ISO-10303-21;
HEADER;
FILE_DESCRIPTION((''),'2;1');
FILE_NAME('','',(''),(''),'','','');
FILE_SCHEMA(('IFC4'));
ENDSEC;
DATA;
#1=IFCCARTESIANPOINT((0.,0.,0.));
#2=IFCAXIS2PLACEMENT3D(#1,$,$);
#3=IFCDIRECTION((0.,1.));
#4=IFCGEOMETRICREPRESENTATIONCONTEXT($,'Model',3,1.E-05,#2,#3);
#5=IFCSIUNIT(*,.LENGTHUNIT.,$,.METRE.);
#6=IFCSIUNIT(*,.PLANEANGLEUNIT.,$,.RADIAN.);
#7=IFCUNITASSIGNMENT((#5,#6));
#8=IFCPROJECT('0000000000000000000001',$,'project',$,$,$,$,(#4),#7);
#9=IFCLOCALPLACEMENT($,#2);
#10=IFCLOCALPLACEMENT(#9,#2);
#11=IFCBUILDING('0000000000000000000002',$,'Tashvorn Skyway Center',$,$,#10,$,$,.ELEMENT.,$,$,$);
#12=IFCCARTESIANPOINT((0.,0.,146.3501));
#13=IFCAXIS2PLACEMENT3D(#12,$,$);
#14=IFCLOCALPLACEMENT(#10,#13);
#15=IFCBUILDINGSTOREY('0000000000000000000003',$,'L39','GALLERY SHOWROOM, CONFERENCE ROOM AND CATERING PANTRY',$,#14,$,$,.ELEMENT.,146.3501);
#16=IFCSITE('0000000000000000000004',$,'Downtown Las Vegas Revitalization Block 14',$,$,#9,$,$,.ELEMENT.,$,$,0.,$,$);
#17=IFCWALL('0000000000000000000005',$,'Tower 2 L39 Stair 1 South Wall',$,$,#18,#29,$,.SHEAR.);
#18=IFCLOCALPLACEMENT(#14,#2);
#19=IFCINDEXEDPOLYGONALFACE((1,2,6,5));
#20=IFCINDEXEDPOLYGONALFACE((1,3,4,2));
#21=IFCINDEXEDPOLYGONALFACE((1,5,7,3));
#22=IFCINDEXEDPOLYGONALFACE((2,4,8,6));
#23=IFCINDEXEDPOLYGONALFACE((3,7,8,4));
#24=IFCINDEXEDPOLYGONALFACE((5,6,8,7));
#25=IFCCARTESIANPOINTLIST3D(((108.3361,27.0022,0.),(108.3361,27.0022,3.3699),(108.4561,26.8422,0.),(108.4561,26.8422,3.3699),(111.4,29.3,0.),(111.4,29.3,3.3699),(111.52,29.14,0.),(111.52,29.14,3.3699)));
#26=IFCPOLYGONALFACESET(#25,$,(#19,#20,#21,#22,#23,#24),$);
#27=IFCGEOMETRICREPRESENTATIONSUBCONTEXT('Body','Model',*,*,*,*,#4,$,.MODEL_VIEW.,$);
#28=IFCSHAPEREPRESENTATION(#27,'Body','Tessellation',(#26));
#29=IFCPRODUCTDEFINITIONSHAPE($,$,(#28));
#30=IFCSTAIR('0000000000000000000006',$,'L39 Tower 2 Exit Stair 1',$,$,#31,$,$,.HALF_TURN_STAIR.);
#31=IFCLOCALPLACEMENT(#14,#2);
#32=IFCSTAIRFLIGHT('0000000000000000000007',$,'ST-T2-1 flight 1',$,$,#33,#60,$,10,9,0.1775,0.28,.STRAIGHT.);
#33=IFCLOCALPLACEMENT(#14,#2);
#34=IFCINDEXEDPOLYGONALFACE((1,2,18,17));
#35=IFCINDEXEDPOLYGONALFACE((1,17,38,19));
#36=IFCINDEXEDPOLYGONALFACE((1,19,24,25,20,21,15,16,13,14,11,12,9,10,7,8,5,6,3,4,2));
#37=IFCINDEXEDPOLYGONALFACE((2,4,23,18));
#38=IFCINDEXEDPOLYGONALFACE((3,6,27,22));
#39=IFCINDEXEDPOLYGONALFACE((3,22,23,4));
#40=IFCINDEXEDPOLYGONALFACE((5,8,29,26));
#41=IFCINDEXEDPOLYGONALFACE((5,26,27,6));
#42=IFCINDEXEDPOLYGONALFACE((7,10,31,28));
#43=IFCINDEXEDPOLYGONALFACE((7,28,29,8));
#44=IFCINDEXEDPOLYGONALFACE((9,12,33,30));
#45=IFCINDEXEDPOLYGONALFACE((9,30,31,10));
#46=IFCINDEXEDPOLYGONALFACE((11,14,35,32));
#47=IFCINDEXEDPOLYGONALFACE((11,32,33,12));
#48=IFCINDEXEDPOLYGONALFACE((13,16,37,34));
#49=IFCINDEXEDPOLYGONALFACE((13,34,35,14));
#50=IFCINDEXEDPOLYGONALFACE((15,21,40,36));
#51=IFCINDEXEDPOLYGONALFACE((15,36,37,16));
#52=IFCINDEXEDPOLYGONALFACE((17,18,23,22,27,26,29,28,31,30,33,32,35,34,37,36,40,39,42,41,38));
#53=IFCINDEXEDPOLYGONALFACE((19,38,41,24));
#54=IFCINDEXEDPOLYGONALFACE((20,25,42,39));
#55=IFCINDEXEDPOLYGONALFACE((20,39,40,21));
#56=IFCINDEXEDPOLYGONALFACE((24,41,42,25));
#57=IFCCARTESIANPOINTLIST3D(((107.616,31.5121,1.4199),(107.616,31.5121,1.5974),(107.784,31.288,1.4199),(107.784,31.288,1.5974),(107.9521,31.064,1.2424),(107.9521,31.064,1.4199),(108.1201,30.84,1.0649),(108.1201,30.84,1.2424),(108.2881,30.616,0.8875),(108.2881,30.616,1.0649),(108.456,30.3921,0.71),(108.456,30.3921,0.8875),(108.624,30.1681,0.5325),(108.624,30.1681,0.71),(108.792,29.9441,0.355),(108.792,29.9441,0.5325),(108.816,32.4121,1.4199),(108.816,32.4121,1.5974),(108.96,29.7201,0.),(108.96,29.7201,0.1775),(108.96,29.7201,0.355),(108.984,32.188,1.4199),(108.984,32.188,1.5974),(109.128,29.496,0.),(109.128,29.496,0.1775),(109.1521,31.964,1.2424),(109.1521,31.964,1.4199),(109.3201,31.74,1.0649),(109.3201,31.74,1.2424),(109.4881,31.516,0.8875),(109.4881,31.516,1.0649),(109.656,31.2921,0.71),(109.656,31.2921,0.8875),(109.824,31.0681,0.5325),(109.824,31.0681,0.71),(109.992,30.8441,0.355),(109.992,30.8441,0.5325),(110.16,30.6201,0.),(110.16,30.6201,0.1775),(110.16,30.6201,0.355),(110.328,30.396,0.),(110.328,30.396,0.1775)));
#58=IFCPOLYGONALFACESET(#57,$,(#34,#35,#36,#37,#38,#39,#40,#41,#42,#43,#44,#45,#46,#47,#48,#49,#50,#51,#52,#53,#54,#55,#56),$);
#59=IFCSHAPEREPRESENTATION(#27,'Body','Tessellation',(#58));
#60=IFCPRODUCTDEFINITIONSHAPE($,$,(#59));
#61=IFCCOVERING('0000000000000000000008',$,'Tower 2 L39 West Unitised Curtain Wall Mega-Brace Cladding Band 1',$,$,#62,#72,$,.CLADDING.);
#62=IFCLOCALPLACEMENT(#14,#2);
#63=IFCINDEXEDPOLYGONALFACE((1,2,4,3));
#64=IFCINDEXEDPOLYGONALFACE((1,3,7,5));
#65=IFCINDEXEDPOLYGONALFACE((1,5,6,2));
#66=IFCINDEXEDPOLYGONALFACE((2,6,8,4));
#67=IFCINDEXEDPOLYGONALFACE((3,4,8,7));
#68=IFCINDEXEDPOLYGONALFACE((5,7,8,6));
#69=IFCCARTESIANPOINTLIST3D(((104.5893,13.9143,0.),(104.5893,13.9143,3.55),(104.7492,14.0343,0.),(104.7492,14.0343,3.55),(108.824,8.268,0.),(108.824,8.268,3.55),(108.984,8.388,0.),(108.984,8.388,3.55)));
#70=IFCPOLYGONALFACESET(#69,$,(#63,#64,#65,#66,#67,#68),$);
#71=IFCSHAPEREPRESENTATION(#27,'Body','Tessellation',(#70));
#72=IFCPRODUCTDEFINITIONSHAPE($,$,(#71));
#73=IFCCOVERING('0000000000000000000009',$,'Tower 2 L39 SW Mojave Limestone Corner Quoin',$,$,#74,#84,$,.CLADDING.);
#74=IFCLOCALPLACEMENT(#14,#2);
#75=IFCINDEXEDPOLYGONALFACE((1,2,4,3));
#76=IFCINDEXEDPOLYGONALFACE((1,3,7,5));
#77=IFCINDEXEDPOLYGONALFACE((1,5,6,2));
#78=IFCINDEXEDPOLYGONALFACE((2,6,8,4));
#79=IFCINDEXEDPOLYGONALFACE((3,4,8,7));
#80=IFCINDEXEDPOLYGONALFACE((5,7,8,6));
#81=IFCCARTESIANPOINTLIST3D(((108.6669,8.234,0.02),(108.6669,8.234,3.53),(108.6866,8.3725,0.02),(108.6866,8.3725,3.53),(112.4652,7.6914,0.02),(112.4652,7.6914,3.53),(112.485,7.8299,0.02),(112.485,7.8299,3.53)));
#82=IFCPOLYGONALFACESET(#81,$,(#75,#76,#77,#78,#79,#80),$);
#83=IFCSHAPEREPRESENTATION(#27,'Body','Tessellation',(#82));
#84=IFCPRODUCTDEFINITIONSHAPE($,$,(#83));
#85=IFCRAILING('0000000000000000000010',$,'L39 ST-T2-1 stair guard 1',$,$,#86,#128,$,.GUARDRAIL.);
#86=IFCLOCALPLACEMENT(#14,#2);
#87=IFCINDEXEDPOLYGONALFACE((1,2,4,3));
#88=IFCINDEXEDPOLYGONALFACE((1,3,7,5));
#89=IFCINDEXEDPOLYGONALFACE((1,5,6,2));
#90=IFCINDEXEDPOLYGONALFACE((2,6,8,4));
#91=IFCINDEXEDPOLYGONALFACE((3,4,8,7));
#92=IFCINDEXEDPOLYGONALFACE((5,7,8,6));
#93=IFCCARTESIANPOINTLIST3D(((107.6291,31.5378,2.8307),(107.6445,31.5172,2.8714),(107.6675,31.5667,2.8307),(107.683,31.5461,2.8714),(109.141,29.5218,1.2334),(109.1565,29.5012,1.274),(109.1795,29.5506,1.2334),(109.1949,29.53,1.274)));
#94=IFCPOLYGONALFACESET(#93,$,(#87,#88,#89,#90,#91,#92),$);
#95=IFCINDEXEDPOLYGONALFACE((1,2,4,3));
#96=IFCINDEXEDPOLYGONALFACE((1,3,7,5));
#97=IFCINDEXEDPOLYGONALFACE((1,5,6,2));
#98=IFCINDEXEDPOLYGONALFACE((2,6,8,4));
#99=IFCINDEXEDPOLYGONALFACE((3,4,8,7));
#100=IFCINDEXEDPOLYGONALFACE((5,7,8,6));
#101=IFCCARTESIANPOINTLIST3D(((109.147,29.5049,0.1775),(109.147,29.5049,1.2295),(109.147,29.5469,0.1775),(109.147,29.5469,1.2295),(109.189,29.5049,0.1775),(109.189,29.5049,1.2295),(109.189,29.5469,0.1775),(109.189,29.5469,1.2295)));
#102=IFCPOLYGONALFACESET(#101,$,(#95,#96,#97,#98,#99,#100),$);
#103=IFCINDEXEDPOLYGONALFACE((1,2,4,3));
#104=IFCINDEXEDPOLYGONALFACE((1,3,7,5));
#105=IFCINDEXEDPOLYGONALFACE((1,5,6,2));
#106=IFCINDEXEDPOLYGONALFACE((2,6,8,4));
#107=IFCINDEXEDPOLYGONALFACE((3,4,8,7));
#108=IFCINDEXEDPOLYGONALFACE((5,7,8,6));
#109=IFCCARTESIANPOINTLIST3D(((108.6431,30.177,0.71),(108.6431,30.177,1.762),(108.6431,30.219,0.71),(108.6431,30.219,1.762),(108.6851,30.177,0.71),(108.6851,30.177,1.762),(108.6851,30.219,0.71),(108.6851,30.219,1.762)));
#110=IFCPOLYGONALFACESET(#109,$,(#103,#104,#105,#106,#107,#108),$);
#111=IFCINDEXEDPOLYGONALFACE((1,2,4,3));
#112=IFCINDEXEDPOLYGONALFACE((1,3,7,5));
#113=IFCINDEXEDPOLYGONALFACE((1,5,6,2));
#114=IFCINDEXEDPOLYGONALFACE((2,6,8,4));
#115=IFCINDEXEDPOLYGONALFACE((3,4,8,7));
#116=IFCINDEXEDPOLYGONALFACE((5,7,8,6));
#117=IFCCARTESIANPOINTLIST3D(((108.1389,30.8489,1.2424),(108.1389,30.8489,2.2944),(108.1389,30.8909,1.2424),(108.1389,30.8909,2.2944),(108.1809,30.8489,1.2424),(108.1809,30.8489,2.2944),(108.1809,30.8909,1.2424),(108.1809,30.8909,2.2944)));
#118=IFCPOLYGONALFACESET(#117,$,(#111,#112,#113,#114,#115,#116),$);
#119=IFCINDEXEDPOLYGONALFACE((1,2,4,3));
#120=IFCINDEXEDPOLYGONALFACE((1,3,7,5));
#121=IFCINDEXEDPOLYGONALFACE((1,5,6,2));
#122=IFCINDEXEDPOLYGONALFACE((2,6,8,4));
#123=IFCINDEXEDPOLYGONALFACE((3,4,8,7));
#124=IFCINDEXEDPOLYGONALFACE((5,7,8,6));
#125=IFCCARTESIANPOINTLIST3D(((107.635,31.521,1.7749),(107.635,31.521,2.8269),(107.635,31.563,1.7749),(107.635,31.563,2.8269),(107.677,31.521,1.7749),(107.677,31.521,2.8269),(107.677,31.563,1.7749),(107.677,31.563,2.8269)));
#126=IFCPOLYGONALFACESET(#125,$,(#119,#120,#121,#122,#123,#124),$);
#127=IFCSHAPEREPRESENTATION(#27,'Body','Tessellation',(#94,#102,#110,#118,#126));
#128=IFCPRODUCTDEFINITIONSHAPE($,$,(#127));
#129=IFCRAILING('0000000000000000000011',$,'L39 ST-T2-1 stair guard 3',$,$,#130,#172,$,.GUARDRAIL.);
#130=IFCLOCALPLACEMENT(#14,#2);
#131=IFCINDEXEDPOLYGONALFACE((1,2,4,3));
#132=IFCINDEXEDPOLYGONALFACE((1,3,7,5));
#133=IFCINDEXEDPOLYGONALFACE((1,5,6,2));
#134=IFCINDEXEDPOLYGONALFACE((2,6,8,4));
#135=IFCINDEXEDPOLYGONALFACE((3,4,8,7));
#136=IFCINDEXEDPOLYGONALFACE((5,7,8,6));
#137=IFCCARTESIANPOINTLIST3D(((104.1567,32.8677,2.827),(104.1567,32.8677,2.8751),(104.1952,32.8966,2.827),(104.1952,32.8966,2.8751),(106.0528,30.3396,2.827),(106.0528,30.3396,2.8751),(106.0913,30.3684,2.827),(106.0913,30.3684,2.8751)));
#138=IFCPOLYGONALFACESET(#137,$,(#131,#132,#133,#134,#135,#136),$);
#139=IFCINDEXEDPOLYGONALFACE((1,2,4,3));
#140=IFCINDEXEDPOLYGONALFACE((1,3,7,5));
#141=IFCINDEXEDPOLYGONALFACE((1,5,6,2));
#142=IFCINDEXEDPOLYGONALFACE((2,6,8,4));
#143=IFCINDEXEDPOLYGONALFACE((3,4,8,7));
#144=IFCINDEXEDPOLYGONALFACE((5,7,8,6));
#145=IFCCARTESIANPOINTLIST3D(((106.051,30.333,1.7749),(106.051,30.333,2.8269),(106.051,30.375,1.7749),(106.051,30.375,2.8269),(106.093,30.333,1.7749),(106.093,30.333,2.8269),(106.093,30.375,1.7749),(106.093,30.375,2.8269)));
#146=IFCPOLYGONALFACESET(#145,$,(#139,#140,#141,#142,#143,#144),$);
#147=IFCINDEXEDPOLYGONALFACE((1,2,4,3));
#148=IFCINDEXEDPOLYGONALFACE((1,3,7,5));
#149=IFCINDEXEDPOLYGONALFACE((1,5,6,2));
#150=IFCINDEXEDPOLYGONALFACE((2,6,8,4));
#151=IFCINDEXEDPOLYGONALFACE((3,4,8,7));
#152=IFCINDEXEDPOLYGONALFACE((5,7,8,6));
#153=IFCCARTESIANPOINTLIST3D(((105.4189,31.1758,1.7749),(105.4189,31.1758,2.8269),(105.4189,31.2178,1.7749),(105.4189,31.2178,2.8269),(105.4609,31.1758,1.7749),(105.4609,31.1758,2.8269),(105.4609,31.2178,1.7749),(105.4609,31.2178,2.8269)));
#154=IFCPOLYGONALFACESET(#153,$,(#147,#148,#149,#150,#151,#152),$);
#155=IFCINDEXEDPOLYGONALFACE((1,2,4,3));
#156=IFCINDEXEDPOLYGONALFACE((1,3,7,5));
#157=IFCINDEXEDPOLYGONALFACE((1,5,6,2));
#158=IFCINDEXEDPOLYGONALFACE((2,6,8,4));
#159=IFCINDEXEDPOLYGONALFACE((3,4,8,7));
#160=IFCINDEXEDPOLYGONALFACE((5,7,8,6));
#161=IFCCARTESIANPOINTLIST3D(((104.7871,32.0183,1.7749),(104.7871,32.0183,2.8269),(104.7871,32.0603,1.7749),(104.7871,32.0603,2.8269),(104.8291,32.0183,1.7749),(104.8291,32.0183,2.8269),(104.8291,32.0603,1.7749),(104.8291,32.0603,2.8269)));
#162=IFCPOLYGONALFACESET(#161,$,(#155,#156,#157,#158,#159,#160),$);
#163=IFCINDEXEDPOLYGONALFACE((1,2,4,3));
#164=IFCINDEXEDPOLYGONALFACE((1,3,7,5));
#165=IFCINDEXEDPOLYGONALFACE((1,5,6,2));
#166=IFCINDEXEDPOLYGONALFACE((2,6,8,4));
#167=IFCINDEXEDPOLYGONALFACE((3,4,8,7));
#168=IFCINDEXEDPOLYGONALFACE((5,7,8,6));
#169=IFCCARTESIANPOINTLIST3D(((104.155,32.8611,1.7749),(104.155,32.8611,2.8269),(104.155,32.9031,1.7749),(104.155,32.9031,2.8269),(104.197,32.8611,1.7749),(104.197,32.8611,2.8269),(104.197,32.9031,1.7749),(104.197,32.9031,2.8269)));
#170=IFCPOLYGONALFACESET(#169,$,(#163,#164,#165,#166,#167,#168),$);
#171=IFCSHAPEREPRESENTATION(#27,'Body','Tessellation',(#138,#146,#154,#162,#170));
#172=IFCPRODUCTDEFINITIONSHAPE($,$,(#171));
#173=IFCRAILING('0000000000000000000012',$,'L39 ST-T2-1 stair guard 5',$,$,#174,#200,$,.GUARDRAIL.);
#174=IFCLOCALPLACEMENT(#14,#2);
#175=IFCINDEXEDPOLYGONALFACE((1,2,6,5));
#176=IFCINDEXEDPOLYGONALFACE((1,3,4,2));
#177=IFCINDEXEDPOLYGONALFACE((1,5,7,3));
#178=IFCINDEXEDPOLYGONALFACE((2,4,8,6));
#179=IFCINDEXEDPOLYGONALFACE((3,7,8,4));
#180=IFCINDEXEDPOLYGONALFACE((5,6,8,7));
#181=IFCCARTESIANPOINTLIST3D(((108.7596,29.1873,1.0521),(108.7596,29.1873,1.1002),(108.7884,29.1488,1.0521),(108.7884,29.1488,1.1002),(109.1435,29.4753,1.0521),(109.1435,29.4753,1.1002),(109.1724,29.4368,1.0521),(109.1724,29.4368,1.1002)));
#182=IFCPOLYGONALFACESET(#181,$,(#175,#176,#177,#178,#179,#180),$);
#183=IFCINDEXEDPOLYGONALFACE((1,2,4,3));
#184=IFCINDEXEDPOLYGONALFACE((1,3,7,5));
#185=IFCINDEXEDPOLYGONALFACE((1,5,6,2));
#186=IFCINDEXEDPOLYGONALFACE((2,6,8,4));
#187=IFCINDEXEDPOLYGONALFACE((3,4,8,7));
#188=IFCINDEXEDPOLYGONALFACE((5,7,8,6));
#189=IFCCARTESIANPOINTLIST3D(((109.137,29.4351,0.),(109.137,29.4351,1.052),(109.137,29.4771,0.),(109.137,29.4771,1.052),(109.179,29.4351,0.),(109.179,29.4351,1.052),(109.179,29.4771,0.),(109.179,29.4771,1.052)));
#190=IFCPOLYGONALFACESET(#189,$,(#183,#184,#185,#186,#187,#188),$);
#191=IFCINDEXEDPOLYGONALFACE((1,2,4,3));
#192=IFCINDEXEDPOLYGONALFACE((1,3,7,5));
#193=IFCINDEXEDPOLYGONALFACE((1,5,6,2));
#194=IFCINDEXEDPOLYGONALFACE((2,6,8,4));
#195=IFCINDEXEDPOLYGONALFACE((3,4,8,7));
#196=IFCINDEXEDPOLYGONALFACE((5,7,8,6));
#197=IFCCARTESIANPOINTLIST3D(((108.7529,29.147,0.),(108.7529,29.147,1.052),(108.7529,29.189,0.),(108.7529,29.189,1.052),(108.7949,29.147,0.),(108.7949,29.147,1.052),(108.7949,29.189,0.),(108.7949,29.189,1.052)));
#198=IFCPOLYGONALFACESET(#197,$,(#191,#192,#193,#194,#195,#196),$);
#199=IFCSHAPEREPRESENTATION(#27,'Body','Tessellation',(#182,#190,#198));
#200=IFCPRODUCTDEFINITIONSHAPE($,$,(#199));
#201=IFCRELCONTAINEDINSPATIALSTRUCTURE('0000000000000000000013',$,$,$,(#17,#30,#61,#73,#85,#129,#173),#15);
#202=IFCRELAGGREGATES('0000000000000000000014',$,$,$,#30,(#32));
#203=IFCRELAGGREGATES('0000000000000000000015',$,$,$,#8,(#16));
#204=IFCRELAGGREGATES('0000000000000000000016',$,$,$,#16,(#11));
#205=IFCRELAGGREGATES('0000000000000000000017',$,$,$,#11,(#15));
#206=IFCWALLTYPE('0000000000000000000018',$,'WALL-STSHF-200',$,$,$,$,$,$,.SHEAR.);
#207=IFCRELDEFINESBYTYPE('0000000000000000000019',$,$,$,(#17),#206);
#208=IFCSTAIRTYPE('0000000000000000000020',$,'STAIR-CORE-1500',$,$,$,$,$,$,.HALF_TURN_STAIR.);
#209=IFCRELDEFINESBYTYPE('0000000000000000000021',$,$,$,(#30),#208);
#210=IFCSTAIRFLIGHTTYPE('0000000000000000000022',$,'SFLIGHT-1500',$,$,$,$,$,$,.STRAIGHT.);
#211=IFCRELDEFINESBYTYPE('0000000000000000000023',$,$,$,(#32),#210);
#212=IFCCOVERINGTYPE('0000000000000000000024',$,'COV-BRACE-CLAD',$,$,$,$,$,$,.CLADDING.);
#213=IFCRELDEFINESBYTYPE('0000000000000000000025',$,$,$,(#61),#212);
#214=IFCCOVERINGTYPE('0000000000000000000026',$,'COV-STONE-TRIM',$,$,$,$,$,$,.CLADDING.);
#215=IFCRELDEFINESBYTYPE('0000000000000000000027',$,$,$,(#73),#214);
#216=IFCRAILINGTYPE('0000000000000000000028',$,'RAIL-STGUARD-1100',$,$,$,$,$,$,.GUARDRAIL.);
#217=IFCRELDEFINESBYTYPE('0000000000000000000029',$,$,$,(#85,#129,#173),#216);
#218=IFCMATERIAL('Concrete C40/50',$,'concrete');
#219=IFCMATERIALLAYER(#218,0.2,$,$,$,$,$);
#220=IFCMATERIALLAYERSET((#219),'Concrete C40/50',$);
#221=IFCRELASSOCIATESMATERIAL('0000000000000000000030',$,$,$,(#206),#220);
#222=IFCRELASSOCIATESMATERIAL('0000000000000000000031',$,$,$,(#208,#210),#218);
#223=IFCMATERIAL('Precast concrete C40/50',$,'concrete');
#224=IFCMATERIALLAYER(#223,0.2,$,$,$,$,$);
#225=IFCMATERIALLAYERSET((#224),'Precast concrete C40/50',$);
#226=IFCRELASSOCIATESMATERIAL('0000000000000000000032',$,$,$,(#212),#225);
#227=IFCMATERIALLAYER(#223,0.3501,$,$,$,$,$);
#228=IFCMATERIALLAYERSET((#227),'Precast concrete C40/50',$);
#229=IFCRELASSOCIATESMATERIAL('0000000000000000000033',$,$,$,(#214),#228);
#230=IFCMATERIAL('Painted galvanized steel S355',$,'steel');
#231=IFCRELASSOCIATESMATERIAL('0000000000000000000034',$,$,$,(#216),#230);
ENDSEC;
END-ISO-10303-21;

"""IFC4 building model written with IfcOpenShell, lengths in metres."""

from ifc_helpers import new_model, si_unit, direction, frame, frame_2d, origin, origin_2d, place, context, subcontext, project, spatial, polyline, rectangle, outline, extrude, material, layer, layer_set, type_object, element, aggregate, save


model = new_model("IFC4")

# Units and contexts
model_context = context("Model", 3, precision=1e-05, world=origin(), true_north=direction((0.0, 1.0)))
body_context = subcontext(model_context, "Body", "Model", "MODEL_VIEW")
ifc_project = project(units=[si_unit("LENGTHUNIT", "METRE"), si_unit("PLANEANGLEUNIT", "RADIAN")], contexts=[model_context])

# Site, building, storey
site_placement = place(None, origin())
site = spatial("IfcSite", under=ifc_project, at=site_placement, Name="Downtown Las Vegas Revitalization Block 14", CompositionType="ELEMENT", RefElevation=0.0)
building_placement = place(site_placement, origin())
building = spatial("IfcBuilding", under=site, at=building_placement, Name="Tashvorn Skyway Center", CompositionType="ELEMENT")
storey_placement = place(building_placement, frame((0.0, 0.0, 146.3501)))
storey = spatial("IfcBuildingStorey", under=building, at=storey_placement, Name="L39", Description="GALLERY SHOWROOM, CONFERENCE ROOM AND CATERING PANTRY", CompositionType="ELEMENT", Elevation=146.3501)

# Shared definitions
ifc_material_1 = material(Name="Precast concrete C40/50", Category="concrete")

# Shared definitions
ifc_material_2 = material(Name="Concrete C40/50", Category="concrete")

# Shared definitions
ifc_layer_1 = layer(ifc_material_2, 0.2)
ifc_layer_set_1 = layer_set([ifc_layer_1], Name="Concrete C40/50")
wall_type_1 = type_object("IfcWallType", Name="WALL-STSHF-200", PredefinedType="SHEAR", material=ifc_layer_set_1)

# Wall
wall_1_placement = place(storey_placement, frame((108.396, 26.9221, 0.0), z_axis=(0.0, 0.0, 1.0), x_axis=(0.800015, 0.59998, 0.0)))
element("IfcWall", 1, at=wall_1_placement, inside=storey, type_object=wall_type_1, Name="Tower 2 L39 Stair 1 South Wall", PredefinedType="SHEAR", context=body_context, shape_type="SweptSolid", body=[
    extrude(rectangle(XDim=3.8298, YDim=0.2, at=frame_2d((1.915, 0.0))), origin(), (0.0, 0.0, 1.0), 3.3699),
])

# Stair, stair flight
stair_type = type_object("IfcStairType", Name="STAIR-CORE-1500", PredefinedType="HALF_TURN_STAIR", material=ifc_material_2)
stair_placement = place(storey_placement, origin())
stair = element("IfcStair", 2, at=stair_placement, inside=storey, type_object=stair_type, Name="L39 Tower 2 Exit Stair 1", PredefinedType="HALF_TURN_STAIR")
stair_flight_type = type_object("IfcStairFlightType", Name="SFLIGHT-1500", PredefinedType="STRAIGHT", material=ifc_material_2)
stair_flight_placement = place(storey_placement, frame((109.728, 29.946, 0.0), z_axis=(0.0, 0.0, 1.0), x_axis=(-0.6, 0.8, 0.0)))
stair_flight = element("IfcStairFlight", 3, at=stair_flight_placement, type_object=stair_flight_type, Name="ST-T2-1 flight 1", NumberOfRisers=10, NumberOfTreads=9, PredefinedType="STRAIGHT", RiserHeight=0.1775, TreadLength=0.28, context=body_context, shape_type="SweptSolid", body=[
    extrude(outline(polyline([(0.0, 0.0), (0.0, 0.1775), (0.28, 0.1775), (0.28, 0.355), (0.5601, 0.355), (0.5601, 0.5325), (0.8401, 0.5325), (0.8401, 0.71), (1.1201, 0.71), (1.1201, 0.8875), (1.3999, 0.8875), (1.3999, 1.0649), (1.6799, 1.0649), (1.6799, 1.2424), (1.96, 1.2424), (1.96, 1.4199), (2.24, 1.4199), (2.24, 1.5974), (2.52, 1.5974), (2.52, 1.7749), (2.52, 1.4199), (0.28, 0.0), (0.0, 0.0)])), frame((0.0, 0.75, 0.0), z_axis=(0.0, -1.0, 0.0), x_axis=(1.0, 0.0, 0.0)), (0.0, 0.0, 1.0), 1.5),
])
aggregate(stair, [stair_flight])

# Coverings
ifc_layer_2 = layer(ifc_material_1, 0.2)
ifc_layer_set_2 = layer_set([ifc_layer_2], Name="Precast concrete C40/50")
covering_type_1 = type_object("IfcCoveringType", Name="COV-BRACE-CLAD", PredefinedType="CLADDING", material=ifc_layer_set_2)
covering_1_placement = place(storey_placement, frame((106.7866, 11.1511, 0.0), z_axis=(0.0, 0.0, 1.0), x_axis=(-0.6, 0.8, 0.0)))
element("IfcCovering", 4, at=covering_1_placement, inside=storey, type_object=covering_type_1, Name="Tower 2 L39 West Unitised Curtain Wall Mega-Brace Cladding Band 1", PredefinedType="CLADDING", context=body_context, shape_type="SweptSolid", body=[
    extrude(rectangle(XDim=7.0579, YDim=0.2, at=origin_2d()), origin(), (0.0, 0.0, 1.0), 3.55),
])
ifc_layer_3 = layer(ifc_material_1, 0.3501)
ifc_layer_set_3 = layer_set([ifc_layer_3], Name="Precast concrete C40/50")
covering_type_2 = type_object("IfcCoveringType", Name="COV-STONE-TRIM", PredefinedType="CLADDING", material=ifc_layer_set_3)
covering_2_placement = place(storey_placement, frame((110.5759, 8.032, 0.02), z_axis=(0.0, 0.0, 1.0), x_axis=(-0.989949, 0.141421, 0.0)))
element("IfcCovering", 5, at=covering_2_placement, inside=storey, type_object=covering_type_2, Name="Tower 2 L39 SW Mojave Limestone Corner Quoin", PredefinedType="CLADDING", context=body_context, shape_type="SweptSolid", body=[
    extrude(rectangle(XDim=3.8369, YDim=0.1399, at=origin_2d()), origin(), (0.0, 0.0, 1.0), 3.51),
])

# Railings
ifc_material_3 = material(Name="Painted galvanized steel S355", Category="steel")
railing_type = type_object("IfcRailingType", Name="RAIL-STGUARD-1100", PredefinedType="GUARDRAIL", material=ifc_material_3)
railing_1_placement = place(storey_placement, frame((109.168, 29.5259, 0.1775)))
element("IfcRailing", 6, at=railing_1_placement, inside=storey, type_object=railing_type, Name="L39 ST-T2-1 stair guard 1", PredefinedType="GUARDRAIL", context=body_context, shape_type="SweptSolid", body=[
    extrude(rectangle(XDim=0.0481, YDim=0.0481, at=origin_2d()), frame((0.0, 0.0, 1.0762), z_axis=(-0.506741, 0.675709, 0.535379), x_axis=(-0.800023, -0.599969, 0.0)), (0.0, 0.0, 1.0), 2.9836),
    extrude(rectangle(XDim=0.042, YDim=0.042, at=origin_2d()), origin(), (0.0, 0.0, 1.0), 1.052),
    extrude(rectangle(XDim=0.042, YDim=0.042, at=origin_2d()), frame((-0.5039, 0.6721, 0.5325)), (0.0, 0.0, 1.0), 1.052),
    extrude(rectangle(XDim=0.042, YDim=0.042, at=origin_2d()), frame((-1.0081, 1.344, 1.0649)), (0.0, 0.0, 1.0), 1.052),
    extrude(rectangle(XDim=0.042, YDim=0.042, at=origin_2d()), frame((-1.512, 2.0161, 1.5974)), (0.0, 0.0, 1.0), 1.052),
])
railing_2_placement = place(storey_placement, frame((106.072, 30.354, 1.7749)))
element("IfcRailing", 7, at=railing_2_placement, inside=storey, type_object=railing_type, Name="L39 ST-T2-1 stair guard 3", PredefinedType="GUARDRAIL", context=body_context, shape_type="SweptSolid", body=[
    extrude(rectangle(XDim=0.0481, YDim=0.0481, at=origin_2d()), frame((0.0, 0.0, 1.0762), z_axis=(-0.599988, 0.800009, 0.0), x_axis=(-0.800009, -0.599988, 0.0)), (0.0, 0.0, 1.0), 3.1602),
    extrude(rectangle(XDim=0.042, YDim=0.042, at=origin_2d()), origin(), (0.0, 0.0, 1.0), 1.052),
    extrude(rectangle(XDim=0.042, YDim=0.042, at=origin_2d()), frame((-0.6321, 0.8428, 0.0)), (0.0, 0.0, 1.0), 1.052),
    extrude(rectangle(XDim=0.042, YDim=0.042, at=origin_2d()), frame((-1.2639, 1.6853, 0.0)), (0.0, 0.0, 1.0), 1.052),
    extrude(rectangle(XDim=0.042, YDim=0.042, at=origin_2d()), frame((-1.896, 2.5281, 0.0)), (0.0, 0.0, 1.0), 1.052),
])
railing_3_placement = place(storey_placement, frame((109.158, 29.4561, 0.0)))
element("IfcRailing", 8, at=railing_3_placement, inside=storey, type_object=railing_type, Name="L39 ST-T2-1 stair guard 5", PredefinedType="GUARDRAIL", context=body_context, shape_type="SweptSolid", body=[
    extrude(rectangle(XDim=0.0481, YDim=0.0481, at=origin_2d()), frame((0.0, 0.0, 1.0762), z_axis=(-0.799939, -0.600081, 0.0), x_axis=(0.600081, -0.799939, 0.0)), (0.0, 0.0, 1.0), 0.48),
    extrude(rectangle(XDim=0.042, YDim=0.042, at=origin_2d()), origin(), (0.0, 0.0, 1.0), 1.052),
    extrude(rectangle(XDim=0.042, YDim=0.042, at=origin_2d()), frame((-0.384, -0.2881, 0.0)), (0.0, 0.0, 1.0), 1.052),
])

save(model, "model.ifc")
